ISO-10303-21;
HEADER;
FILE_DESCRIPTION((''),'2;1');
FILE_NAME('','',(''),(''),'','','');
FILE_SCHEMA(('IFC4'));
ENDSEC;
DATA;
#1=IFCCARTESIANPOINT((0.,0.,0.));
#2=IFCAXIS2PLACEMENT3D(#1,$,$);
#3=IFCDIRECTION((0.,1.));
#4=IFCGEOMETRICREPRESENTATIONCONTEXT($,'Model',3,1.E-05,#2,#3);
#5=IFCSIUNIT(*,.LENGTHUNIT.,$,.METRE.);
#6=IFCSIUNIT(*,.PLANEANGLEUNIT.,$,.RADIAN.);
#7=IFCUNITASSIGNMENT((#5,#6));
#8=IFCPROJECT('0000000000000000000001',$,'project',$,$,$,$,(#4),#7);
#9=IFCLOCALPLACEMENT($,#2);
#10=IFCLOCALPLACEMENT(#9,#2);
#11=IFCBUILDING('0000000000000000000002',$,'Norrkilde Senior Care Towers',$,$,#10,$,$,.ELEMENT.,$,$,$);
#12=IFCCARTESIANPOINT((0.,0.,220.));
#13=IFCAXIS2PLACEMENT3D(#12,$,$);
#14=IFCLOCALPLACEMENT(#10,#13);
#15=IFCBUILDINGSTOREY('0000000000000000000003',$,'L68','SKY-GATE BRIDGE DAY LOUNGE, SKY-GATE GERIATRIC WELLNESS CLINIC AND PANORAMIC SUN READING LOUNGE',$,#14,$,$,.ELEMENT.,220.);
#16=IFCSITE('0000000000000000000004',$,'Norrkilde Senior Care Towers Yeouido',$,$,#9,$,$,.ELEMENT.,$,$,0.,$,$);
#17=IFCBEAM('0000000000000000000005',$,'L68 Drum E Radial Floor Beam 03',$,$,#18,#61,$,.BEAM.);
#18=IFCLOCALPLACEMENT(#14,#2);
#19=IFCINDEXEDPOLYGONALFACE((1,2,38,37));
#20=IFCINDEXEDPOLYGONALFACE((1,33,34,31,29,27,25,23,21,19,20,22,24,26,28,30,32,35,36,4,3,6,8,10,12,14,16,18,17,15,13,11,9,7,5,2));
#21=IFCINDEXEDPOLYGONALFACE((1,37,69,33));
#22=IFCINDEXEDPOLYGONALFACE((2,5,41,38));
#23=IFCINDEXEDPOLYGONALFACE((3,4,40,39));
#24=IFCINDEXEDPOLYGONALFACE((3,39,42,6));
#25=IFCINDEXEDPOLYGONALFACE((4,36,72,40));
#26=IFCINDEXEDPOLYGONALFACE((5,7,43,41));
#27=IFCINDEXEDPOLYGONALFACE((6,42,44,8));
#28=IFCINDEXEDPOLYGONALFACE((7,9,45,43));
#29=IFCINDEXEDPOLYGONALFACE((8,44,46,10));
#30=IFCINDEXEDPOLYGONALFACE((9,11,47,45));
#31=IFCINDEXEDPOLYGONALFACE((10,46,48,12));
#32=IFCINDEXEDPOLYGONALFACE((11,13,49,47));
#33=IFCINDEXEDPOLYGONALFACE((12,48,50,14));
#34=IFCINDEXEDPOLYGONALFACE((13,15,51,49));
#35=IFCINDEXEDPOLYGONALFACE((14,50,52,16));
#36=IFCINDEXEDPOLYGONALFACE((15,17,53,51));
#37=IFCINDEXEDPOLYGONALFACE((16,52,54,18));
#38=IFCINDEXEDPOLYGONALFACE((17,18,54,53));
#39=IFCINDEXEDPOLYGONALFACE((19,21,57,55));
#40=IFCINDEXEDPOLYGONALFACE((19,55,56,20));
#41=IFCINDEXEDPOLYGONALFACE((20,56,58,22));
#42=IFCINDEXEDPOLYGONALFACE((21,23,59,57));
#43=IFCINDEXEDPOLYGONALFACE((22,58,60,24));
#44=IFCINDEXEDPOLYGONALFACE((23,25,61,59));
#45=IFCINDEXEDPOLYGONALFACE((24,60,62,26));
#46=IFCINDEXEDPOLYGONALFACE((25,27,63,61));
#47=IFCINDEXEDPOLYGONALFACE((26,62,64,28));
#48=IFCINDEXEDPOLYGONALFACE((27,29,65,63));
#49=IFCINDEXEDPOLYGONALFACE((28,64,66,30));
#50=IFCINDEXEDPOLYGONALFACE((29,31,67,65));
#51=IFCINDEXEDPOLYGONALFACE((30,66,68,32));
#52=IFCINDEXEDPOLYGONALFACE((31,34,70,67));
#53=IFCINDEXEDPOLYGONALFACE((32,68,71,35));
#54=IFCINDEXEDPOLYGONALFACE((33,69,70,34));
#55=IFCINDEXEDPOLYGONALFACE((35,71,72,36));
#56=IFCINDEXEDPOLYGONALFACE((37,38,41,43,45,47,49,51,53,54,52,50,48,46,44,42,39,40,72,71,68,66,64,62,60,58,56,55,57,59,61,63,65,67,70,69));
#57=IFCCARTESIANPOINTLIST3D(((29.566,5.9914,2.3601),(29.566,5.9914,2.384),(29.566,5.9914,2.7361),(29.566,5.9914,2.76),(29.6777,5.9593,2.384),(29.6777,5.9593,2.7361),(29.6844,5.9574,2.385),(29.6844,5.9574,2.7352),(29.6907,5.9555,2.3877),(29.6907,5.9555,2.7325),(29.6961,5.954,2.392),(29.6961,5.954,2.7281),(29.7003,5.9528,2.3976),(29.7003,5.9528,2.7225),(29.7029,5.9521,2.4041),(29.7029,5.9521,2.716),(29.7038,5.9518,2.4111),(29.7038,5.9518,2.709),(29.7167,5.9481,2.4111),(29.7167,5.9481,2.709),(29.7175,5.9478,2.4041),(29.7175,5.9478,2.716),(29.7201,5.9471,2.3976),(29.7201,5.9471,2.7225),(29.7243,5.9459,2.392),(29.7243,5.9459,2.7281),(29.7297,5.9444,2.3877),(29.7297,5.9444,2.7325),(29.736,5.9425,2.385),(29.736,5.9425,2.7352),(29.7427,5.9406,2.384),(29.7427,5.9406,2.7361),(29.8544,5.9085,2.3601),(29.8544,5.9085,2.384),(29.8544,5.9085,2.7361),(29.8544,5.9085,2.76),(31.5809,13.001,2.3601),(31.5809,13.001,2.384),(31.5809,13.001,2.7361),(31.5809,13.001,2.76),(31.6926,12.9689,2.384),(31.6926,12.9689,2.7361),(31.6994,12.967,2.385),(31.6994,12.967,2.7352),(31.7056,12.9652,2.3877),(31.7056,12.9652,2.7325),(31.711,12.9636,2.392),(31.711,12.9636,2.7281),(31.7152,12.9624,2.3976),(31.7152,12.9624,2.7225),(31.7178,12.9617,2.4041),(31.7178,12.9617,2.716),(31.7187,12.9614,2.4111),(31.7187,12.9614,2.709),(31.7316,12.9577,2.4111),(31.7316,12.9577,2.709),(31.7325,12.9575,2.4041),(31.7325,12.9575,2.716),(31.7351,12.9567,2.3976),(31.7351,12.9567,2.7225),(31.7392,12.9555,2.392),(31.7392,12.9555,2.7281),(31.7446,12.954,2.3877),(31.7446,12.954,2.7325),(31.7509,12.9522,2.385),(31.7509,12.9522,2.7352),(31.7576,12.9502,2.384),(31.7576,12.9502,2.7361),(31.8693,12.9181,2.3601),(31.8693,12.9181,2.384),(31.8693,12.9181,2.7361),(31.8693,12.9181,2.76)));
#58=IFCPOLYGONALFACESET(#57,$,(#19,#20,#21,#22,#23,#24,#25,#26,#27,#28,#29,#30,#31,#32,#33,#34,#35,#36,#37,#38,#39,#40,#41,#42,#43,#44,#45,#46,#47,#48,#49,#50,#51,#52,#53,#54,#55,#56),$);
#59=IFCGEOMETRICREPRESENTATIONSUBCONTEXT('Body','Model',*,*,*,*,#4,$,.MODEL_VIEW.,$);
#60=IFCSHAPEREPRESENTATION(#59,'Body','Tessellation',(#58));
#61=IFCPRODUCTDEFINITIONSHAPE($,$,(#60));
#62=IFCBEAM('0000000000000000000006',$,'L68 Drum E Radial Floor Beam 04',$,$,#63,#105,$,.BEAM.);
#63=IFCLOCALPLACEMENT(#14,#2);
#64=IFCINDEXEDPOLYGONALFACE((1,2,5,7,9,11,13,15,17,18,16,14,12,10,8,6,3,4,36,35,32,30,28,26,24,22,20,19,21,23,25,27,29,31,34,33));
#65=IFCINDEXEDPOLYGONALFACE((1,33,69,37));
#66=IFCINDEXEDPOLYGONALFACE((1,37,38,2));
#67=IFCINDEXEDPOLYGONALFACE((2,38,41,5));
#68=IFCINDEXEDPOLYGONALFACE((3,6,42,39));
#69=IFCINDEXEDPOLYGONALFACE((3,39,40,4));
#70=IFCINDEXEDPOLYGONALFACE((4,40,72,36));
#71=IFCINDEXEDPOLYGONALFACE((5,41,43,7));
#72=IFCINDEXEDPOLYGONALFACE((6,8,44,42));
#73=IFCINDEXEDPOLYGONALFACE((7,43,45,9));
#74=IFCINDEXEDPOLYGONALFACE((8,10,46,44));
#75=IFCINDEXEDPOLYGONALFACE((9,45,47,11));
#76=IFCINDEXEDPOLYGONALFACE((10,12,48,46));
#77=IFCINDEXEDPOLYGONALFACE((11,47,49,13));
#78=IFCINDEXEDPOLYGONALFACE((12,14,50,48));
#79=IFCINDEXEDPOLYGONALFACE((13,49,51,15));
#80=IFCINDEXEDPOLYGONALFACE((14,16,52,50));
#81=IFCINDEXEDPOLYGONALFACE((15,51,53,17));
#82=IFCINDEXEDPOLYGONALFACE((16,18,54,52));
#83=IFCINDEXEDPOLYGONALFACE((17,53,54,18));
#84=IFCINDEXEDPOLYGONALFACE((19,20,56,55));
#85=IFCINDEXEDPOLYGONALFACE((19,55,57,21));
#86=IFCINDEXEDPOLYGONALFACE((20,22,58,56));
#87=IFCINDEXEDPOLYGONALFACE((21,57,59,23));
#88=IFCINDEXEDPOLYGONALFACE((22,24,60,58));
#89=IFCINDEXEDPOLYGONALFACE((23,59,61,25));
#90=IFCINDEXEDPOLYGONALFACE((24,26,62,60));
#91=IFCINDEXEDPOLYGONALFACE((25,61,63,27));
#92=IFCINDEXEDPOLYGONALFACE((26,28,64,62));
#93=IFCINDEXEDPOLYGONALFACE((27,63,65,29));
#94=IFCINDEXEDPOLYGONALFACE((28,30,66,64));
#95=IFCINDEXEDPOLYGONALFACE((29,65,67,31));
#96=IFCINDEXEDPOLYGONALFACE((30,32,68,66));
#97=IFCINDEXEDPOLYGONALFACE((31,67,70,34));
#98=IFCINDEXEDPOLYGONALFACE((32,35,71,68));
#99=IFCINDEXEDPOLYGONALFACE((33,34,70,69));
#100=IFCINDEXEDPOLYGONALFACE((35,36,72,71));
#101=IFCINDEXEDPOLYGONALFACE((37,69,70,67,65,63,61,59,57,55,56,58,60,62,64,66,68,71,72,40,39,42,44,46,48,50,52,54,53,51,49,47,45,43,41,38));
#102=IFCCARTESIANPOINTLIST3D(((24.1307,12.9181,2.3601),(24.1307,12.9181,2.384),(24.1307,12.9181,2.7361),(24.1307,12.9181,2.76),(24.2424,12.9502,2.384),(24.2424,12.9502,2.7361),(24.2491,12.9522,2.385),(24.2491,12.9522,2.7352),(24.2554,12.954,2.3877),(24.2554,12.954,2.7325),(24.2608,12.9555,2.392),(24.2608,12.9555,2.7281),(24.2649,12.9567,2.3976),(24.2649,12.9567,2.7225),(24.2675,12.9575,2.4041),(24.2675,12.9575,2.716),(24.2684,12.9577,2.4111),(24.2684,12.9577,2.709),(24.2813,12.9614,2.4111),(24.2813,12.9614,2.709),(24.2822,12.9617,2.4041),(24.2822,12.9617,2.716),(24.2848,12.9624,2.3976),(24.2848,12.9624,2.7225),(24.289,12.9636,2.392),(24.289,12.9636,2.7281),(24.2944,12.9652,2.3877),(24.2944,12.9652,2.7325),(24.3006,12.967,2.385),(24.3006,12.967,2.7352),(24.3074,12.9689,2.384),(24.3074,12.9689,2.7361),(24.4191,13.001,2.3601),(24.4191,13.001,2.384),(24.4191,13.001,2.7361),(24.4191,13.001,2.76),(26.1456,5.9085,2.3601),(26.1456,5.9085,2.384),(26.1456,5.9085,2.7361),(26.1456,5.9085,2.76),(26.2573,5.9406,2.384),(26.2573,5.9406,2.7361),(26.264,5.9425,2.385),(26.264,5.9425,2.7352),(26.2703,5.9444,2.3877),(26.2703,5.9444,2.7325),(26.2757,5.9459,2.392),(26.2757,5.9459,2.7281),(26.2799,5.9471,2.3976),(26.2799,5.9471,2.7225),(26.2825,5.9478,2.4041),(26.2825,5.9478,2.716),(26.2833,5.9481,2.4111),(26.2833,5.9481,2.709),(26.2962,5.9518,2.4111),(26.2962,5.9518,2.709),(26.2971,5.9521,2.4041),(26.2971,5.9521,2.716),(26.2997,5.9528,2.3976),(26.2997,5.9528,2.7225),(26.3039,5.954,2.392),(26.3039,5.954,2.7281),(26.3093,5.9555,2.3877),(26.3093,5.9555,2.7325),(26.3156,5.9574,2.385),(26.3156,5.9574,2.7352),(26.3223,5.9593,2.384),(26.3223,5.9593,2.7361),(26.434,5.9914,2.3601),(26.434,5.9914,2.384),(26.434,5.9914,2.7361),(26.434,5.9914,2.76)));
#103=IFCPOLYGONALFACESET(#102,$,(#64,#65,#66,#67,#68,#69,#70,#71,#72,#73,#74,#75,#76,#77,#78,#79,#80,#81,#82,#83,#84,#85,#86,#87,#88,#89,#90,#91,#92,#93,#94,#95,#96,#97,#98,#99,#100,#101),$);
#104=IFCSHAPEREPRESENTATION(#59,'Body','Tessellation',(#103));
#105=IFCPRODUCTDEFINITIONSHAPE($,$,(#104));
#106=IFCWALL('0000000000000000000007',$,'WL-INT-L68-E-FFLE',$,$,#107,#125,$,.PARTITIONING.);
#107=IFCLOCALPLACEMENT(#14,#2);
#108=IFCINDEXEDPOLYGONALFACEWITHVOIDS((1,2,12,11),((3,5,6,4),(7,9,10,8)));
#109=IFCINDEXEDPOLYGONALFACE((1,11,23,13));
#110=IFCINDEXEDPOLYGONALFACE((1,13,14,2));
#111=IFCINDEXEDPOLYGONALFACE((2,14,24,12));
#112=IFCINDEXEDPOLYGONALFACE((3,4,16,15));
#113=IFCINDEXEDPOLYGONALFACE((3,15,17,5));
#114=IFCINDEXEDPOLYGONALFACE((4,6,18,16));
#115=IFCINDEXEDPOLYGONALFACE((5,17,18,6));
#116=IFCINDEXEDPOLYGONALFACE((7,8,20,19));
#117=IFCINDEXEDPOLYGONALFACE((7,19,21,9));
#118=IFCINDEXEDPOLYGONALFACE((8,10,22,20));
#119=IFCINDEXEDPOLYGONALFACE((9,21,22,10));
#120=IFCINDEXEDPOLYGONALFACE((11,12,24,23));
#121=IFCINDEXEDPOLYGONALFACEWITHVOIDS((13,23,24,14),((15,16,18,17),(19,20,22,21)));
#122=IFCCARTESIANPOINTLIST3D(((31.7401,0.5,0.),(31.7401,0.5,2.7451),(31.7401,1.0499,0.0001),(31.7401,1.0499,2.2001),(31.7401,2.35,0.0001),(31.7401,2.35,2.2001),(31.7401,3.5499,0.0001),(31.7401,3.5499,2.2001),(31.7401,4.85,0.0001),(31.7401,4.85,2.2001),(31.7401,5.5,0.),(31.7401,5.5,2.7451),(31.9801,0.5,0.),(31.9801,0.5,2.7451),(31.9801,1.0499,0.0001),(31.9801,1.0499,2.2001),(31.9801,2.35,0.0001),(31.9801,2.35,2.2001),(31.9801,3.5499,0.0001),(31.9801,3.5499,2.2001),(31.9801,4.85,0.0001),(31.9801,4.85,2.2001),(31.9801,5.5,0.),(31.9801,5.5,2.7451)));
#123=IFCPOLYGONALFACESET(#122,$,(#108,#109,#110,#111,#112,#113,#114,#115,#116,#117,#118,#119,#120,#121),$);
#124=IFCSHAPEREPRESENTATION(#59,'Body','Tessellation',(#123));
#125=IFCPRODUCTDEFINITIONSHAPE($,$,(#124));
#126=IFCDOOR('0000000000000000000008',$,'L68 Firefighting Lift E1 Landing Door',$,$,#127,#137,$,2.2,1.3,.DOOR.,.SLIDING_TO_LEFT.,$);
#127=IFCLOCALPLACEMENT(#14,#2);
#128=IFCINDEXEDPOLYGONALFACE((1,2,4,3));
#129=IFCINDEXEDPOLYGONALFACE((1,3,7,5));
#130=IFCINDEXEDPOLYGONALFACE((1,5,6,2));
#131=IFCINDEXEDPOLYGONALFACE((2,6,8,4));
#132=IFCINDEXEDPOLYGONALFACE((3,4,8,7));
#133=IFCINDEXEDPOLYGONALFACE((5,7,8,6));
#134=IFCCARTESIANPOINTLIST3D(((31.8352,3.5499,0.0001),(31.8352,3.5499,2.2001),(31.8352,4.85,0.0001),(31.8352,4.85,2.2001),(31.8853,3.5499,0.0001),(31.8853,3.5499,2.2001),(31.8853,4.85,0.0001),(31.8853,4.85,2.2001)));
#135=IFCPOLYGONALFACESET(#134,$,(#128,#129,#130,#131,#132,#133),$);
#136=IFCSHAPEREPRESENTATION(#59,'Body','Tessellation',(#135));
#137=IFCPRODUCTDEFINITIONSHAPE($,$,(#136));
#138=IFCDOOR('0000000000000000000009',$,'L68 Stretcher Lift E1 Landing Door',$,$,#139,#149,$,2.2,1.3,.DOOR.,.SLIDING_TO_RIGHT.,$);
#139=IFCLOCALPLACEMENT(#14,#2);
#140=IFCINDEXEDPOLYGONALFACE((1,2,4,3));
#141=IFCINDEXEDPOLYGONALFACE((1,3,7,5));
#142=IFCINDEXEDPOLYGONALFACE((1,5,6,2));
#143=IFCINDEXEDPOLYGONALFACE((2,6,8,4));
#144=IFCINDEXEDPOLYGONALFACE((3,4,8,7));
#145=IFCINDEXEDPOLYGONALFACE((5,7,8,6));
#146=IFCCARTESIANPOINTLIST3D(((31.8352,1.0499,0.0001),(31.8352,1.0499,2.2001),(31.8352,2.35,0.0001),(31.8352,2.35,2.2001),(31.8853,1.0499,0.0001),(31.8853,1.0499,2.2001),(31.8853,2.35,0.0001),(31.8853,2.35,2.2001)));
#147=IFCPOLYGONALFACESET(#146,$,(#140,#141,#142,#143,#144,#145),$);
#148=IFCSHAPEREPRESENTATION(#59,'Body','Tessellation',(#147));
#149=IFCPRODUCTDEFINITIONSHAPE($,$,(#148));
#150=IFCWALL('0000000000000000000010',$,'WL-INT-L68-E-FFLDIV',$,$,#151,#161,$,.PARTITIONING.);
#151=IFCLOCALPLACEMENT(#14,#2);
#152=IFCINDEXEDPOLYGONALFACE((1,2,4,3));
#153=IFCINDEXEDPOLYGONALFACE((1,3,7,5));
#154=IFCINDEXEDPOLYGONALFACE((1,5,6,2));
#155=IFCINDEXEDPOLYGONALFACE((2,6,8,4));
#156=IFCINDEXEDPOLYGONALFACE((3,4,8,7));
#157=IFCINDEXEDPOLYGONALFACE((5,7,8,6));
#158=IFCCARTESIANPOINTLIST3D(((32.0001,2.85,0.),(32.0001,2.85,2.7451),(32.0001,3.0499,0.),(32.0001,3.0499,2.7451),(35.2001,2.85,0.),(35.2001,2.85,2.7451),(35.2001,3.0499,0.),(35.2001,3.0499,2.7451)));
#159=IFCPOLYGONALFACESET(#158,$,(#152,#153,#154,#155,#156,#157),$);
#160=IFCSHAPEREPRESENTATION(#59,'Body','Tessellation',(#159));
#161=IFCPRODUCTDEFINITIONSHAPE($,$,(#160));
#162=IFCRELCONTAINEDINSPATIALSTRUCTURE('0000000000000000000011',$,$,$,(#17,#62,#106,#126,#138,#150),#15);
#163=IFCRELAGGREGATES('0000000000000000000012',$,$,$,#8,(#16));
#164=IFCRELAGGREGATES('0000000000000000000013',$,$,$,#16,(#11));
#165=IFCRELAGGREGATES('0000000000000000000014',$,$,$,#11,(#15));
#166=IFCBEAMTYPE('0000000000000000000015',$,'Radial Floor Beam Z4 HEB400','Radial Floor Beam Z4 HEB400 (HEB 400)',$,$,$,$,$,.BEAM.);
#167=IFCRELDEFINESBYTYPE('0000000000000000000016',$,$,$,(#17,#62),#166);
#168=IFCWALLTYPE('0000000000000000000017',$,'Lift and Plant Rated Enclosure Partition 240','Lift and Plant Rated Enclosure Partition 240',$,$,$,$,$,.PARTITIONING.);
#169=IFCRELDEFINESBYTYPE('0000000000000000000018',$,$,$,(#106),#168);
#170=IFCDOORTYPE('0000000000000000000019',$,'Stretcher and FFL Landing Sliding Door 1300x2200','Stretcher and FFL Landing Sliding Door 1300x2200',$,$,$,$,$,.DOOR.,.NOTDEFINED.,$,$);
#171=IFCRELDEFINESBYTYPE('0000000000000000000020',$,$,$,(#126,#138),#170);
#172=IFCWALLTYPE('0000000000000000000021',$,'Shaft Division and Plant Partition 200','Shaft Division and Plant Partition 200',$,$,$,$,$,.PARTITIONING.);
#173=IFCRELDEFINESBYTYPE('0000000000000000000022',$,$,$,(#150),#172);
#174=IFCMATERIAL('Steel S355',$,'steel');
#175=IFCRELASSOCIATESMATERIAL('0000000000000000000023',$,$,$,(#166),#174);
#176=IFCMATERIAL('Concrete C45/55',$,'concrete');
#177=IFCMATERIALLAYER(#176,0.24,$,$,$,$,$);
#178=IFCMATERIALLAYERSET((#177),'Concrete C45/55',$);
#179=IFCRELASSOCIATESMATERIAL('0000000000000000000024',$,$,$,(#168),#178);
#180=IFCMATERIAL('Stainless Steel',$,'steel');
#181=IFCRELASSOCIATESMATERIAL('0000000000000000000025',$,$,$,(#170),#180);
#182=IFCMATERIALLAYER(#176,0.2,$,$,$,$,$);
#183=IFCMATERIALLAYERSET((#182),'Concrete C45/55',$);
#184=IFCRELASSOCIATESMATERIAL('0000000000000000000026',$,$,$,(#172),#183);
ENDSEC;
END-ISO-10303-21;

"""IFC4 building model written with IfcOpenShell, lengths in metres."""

from ifc_helpers import new_model, si_unit, direction, frame, frame_2d, origin, origin_2d, place, context, subcontext, project, spatial, rectangle, i_section, extrude, source, transform, mapped, material, layer, layer_set, material_profile, profile_set, type_object, type_shapes, element, fill, save


model = new_model("IFC4")

# Units and contexts
model_context = context("Model", 3, precision=1e-05, world=origin(), true_north=direction((0.0, 1.0)))
body_context = subcontext(model_context, "Body", "Model", "MODEL_VIEW")
ifc_project = project(units=[si_unit("LENGTHUNIT", "METRE"), si_unit("PLANEANGLEUNIT", "RADIAN")], contexts=[model_context])

# Site, building, storey
site_placement = place(None, origin())
site = spatial("IfcSite", under=ifc_project, at=site_placement, Name="Norrkilde Senior Care Towers Yeouido", CompositionType="ELEMENT", RefElevation=0.0)
building_placement = place(site_placement, origin())
building = spatial("IfcBuilding", under=site, at=building_placement, Name="Norrkilde Senior Care Towers", CompositionType="ELEMENT")
storey_placement = place(building_placement, frame((0.0, 0.0, 220.0)))
storey = spatial("IfcBuildingStorey", under=building, at=storey_placement, Name="L68", Description="SKY-GATE BRIDGE DAY LOUNGE, SKY-GATE GERIATRIC WELLNESS CLINIC AND PANORAMIC SUN READING LOUNGE", CompositionType="ELEMENT", Elevation=220.0)

# Beams
ifc_material_1 = material(Name="Steel S355", Category="steel")
ifc_material_profile = material_profile(ifc_material_1, i_section(OverallWidth=0.3, OverallDepth=0.3999, WebThickness=0.0134, FlangeThickness=0.0239, FilletRadius=0.0271, at=origin_2d()), Name="HEB 400")
ifc_profile_set = profile_set([ifc_material_profile], Name="Steel S355")
beam_type = type_object("IfcBeamType", Name="Radial Floor Beam Z4 HEB400", Description="Radial Floor Beam Z4 HEB400 (HEB 400)", PredefinedType="BEAM", material=ifc_profile_set)
shared_shape_1 = source(origin(), body_context, "Body", "SweptSolid", [
    extrude(i_section(OverallWidth=0.3, OverallDepth=0.3999, WebThickness=0.0134, FlangeThickness=0.0239, FilletRadius=0.0271, at=origin_2d()), origin(), (0.0, 0.0, 1.0), 7.2935),
])
type_shapes(beam_type, [shared_shape_1])
for number, where, z_axis, x_axis, name in (
    (1, (29.7102, 5.95, 2.5601), (0.276264, 0.961082, 0.0), (-0.961082, 0.276264, 0.0), "L68 Drum E Radial Floor Beam 03"),
    (2, (26.2898, 5.95, 2.5601), (-0.276264, 0.961082, 0.0), (-0.961082, -0.276264, 0.0), "L68 Drum E Radial Floor Beam 04"),
):
    element("IfcBeam", number, at=place(storey_placement, frame(where, z_axis=z_axis, x_axis=x_axis)), inside=storey, type_object=beam_type, Name=name, PredefinedType="BEAM", context=body_context, shape_type="MappedRepresentation", body=[
        mapped(shared_shape_1, transform((0.0, 0.0, 0.0), x_axis=(1.0, 0.0, 0.0), y_axis=(0.0, 1.0, 0.0), z_axis=(0.0, 0.0, 1.0), scale=1.0)),
    ])

# Shared definitions
ifc_material_2 = material(Name="Concrete C45/55", Category="concrete")

# Wall, openings, doors
ifc_layer_1 = layer(ifc_material_2, 0.24)
ifc_layer_set_1 = layer_set([ifc_layer_1], Name="Concrete C45/55")
wall_type_1 = type_object("IfcWallType", Name="Lift and Plant Rated Enclosure Partition 240", Description="Lift and Plant Rated Enclosure Partition 240", PredefinedType="PARTITIONING", material=ifc_layer_set_1)
shared_shape_2 = source(origin(), body_context, "Body", "SweptSolid", [
    extrude(rectangle(XDim=5.0, YDim=0.24, at=frame_2d((2.5, 0.0))), origin(), (0.0, 0.0, 1.0), 2.7451),
])
type_shapes(wall_type_1, [shared_shape_2])
wall_1_placement = place(storey_placement, frame((31.8601, 0.5, 0.0), z_axis=(0.0, 0.0, 1.0), x_axis=(0.0, 1.0, 0.0)))
wall_1 = element("IfcWall", 3, at=wall_1_placement, inside=storey, type_object=wall_type_1, Name="WL-INT-L68-E-FFLE", PredefinedType="PARTITIONING", context=body_context, shape_type="MappedRepresentation", body=[
    mapped(shared_shape_2, transform((0.0, 0.0, 0.0), x_axis=(1.0, 0.0, 0.0), y_axis=(0.0, 1.0, 0.0), z_axis=(0.0, 0.0, 1.0), scale=1.0)),
])
opening_1_placement = place(wall_1_placement, frame((3.05, 0.0, 0.0)))
opening_1 = element("IfcOpeningElement", 4, at=opening_1_placement, cuts=wall_1, PredefinedType="OPENING", context=body_context, shape_type="SweptSolid", body=[
    extrude(rectangle(XDim=1.3, YDim=2.2, at=frame_2d((0.6499, 1.1001))), frame((0.0, 0.1299, 0.0), z_axis=(0.0, -1.0, 0.0), x_axis=(1.0, 0.0, 0.0)), (0.0, 0.0, 1.0), 0.26),
])
opening_2_placement = place(wall_1_placement, frame((0.55, 0.0, 0.0)))
opening_2 = element("IfcOpeningElement", 5, at=opening_2_placement, cuts=wall_1, PredefinedType="OPENING", context=body_context, shape_type="SweptSolid", body=[
    extrude(rectangle(XDim=1.3, YDim=2.2, at=frame_2d((0.6499, 1.1001))), frame((0.0, 0.1299, 0.0), z_axis=(0.0, -1.0, 0.0), x_axis=(1.0, 0.0, 0.0)), (0.0, 0.0, 1.0), 0.26),
])
ifc_material_3 = material(Name="Stainless Steel", Category="steel")
door_type_1 = type_object("IfcDoorType", Name="Stretcher and FFL Landing Sliding Door 1300x2200", Description="Stretcher and FFL Landing Sliding Door 1300x2200", OperationType="NOTDEFINED", PredefinedType="DOOR", material=ifc_material_3)
shared_shape_3 = source(origin(), body_context, "Body", "SweptSolid", [
    extrude(rectangle(XDim=1.3, YDim=2.2, at=frame_2d((0.6499, 1.1001))), frame((0.0, 0.0249, 0.0), z_axis=(0.0, -1.0, 0.0), x_axis=(1.0, 0.0, 0.0)), (0.0, 0.0, 1.0), 0.05),
])
type_shapes(door_type_1, [shared_shape_3])
door_1_placement = place(opening_1_placement, origin())
door_1 = element("IfcDoor", 6, at=door_1_placement, inside=storey, type_object=door_type_1, Name="L68 Firefighting Lift E1 Landing Door", OperationType="SLIDING_TO_LEFT", OverallHeight=2.2, OverallWidth=1.3, PredefinedType="DOOR", context=body_context, shape_type="MappedRepresentation", body=[
    mapped(shared_shape_3, transform((0.0, 0.0, 0.0), x_axis=(1.0, 0.0, 0.0), y_axis=(0.0, 1.0, 0.0), z_axis=(0.0, 0.0, 1.0), scale=1.0)),
])
fill(opening_1, door_1)
door_2_placement = place(opening_2_placement, origin())
door_2 = element("IfcDoor", 7, at=door_2_placement, inside=storey, type_object=door_type_1, Name="L68 Stretcher Lift E1 Landing Door", OperationType="SLIDING_TO_RIGHT", OverallHeight=2.2, OverallWidth=1.3, PredefinedType="DOOR", context=body_context, shape_type="MappedRepresentation", body=[
    mapped(shared_shape_3, transform((0.0, 0.0, 0.0), x_axis=(1.0, 0.0, 0.0), y_axis=(0.0, 1.0, 0.0), z_axis=(0.0, 0.0, 1.0), scale=1.0)),
])
fill(opening_2, door_2)

# Wall
ifc_layer_2 = layer(ifc_material_2, 0.2)
ifc_layer_set_2 = layer_set([ifc_layer_2], Name="Concrete C45/55")
wall_type_2 = type_object("IfcWallType", Name="Shaft Division and Plant Partition 200", Description="Shaft Division and Plant Partition 200", PredefinedType="PARTITIONING", material=ifc_layer_set_2)
shared_shape_4 = source(origin(), body_context, "Body", "SweptSolid", [
    extrude(rectangle(XDim=3.2, YDim=0.2, at=frame_2d((1.6001, 0.0))), origin(), (0.0, 0.0, 1.0), 2.7451),
])
type_shapes(wall_type_2, [shared_shape_4])
wall_2_placement = place(storey_placement, frame((32.0, 2.95, 0.0), z_axis=(0.0, 0.0, 1.0), x_axis=(1.0, 0.0, 0.0)))
element("IfcWall", 8, at=wall_2_placement, inside=storey, type_object=wall_type_2, Name="WL-INT-L68-E-FFLDIV", PredefinedType="PARTITIONING", context=body_context, shape_type="MappedRepresentation", body=[
    mapped(shared_shape_4, transform((0.0, 0.0, 0.0), x_axis=(1.0, 0.0, 0.0), y_axis=(0.0, 1.0, 0.0), z_axis=(0.0, 0.0, 1.0), scale=1.0)),
])

save(model, "model.ifc")
